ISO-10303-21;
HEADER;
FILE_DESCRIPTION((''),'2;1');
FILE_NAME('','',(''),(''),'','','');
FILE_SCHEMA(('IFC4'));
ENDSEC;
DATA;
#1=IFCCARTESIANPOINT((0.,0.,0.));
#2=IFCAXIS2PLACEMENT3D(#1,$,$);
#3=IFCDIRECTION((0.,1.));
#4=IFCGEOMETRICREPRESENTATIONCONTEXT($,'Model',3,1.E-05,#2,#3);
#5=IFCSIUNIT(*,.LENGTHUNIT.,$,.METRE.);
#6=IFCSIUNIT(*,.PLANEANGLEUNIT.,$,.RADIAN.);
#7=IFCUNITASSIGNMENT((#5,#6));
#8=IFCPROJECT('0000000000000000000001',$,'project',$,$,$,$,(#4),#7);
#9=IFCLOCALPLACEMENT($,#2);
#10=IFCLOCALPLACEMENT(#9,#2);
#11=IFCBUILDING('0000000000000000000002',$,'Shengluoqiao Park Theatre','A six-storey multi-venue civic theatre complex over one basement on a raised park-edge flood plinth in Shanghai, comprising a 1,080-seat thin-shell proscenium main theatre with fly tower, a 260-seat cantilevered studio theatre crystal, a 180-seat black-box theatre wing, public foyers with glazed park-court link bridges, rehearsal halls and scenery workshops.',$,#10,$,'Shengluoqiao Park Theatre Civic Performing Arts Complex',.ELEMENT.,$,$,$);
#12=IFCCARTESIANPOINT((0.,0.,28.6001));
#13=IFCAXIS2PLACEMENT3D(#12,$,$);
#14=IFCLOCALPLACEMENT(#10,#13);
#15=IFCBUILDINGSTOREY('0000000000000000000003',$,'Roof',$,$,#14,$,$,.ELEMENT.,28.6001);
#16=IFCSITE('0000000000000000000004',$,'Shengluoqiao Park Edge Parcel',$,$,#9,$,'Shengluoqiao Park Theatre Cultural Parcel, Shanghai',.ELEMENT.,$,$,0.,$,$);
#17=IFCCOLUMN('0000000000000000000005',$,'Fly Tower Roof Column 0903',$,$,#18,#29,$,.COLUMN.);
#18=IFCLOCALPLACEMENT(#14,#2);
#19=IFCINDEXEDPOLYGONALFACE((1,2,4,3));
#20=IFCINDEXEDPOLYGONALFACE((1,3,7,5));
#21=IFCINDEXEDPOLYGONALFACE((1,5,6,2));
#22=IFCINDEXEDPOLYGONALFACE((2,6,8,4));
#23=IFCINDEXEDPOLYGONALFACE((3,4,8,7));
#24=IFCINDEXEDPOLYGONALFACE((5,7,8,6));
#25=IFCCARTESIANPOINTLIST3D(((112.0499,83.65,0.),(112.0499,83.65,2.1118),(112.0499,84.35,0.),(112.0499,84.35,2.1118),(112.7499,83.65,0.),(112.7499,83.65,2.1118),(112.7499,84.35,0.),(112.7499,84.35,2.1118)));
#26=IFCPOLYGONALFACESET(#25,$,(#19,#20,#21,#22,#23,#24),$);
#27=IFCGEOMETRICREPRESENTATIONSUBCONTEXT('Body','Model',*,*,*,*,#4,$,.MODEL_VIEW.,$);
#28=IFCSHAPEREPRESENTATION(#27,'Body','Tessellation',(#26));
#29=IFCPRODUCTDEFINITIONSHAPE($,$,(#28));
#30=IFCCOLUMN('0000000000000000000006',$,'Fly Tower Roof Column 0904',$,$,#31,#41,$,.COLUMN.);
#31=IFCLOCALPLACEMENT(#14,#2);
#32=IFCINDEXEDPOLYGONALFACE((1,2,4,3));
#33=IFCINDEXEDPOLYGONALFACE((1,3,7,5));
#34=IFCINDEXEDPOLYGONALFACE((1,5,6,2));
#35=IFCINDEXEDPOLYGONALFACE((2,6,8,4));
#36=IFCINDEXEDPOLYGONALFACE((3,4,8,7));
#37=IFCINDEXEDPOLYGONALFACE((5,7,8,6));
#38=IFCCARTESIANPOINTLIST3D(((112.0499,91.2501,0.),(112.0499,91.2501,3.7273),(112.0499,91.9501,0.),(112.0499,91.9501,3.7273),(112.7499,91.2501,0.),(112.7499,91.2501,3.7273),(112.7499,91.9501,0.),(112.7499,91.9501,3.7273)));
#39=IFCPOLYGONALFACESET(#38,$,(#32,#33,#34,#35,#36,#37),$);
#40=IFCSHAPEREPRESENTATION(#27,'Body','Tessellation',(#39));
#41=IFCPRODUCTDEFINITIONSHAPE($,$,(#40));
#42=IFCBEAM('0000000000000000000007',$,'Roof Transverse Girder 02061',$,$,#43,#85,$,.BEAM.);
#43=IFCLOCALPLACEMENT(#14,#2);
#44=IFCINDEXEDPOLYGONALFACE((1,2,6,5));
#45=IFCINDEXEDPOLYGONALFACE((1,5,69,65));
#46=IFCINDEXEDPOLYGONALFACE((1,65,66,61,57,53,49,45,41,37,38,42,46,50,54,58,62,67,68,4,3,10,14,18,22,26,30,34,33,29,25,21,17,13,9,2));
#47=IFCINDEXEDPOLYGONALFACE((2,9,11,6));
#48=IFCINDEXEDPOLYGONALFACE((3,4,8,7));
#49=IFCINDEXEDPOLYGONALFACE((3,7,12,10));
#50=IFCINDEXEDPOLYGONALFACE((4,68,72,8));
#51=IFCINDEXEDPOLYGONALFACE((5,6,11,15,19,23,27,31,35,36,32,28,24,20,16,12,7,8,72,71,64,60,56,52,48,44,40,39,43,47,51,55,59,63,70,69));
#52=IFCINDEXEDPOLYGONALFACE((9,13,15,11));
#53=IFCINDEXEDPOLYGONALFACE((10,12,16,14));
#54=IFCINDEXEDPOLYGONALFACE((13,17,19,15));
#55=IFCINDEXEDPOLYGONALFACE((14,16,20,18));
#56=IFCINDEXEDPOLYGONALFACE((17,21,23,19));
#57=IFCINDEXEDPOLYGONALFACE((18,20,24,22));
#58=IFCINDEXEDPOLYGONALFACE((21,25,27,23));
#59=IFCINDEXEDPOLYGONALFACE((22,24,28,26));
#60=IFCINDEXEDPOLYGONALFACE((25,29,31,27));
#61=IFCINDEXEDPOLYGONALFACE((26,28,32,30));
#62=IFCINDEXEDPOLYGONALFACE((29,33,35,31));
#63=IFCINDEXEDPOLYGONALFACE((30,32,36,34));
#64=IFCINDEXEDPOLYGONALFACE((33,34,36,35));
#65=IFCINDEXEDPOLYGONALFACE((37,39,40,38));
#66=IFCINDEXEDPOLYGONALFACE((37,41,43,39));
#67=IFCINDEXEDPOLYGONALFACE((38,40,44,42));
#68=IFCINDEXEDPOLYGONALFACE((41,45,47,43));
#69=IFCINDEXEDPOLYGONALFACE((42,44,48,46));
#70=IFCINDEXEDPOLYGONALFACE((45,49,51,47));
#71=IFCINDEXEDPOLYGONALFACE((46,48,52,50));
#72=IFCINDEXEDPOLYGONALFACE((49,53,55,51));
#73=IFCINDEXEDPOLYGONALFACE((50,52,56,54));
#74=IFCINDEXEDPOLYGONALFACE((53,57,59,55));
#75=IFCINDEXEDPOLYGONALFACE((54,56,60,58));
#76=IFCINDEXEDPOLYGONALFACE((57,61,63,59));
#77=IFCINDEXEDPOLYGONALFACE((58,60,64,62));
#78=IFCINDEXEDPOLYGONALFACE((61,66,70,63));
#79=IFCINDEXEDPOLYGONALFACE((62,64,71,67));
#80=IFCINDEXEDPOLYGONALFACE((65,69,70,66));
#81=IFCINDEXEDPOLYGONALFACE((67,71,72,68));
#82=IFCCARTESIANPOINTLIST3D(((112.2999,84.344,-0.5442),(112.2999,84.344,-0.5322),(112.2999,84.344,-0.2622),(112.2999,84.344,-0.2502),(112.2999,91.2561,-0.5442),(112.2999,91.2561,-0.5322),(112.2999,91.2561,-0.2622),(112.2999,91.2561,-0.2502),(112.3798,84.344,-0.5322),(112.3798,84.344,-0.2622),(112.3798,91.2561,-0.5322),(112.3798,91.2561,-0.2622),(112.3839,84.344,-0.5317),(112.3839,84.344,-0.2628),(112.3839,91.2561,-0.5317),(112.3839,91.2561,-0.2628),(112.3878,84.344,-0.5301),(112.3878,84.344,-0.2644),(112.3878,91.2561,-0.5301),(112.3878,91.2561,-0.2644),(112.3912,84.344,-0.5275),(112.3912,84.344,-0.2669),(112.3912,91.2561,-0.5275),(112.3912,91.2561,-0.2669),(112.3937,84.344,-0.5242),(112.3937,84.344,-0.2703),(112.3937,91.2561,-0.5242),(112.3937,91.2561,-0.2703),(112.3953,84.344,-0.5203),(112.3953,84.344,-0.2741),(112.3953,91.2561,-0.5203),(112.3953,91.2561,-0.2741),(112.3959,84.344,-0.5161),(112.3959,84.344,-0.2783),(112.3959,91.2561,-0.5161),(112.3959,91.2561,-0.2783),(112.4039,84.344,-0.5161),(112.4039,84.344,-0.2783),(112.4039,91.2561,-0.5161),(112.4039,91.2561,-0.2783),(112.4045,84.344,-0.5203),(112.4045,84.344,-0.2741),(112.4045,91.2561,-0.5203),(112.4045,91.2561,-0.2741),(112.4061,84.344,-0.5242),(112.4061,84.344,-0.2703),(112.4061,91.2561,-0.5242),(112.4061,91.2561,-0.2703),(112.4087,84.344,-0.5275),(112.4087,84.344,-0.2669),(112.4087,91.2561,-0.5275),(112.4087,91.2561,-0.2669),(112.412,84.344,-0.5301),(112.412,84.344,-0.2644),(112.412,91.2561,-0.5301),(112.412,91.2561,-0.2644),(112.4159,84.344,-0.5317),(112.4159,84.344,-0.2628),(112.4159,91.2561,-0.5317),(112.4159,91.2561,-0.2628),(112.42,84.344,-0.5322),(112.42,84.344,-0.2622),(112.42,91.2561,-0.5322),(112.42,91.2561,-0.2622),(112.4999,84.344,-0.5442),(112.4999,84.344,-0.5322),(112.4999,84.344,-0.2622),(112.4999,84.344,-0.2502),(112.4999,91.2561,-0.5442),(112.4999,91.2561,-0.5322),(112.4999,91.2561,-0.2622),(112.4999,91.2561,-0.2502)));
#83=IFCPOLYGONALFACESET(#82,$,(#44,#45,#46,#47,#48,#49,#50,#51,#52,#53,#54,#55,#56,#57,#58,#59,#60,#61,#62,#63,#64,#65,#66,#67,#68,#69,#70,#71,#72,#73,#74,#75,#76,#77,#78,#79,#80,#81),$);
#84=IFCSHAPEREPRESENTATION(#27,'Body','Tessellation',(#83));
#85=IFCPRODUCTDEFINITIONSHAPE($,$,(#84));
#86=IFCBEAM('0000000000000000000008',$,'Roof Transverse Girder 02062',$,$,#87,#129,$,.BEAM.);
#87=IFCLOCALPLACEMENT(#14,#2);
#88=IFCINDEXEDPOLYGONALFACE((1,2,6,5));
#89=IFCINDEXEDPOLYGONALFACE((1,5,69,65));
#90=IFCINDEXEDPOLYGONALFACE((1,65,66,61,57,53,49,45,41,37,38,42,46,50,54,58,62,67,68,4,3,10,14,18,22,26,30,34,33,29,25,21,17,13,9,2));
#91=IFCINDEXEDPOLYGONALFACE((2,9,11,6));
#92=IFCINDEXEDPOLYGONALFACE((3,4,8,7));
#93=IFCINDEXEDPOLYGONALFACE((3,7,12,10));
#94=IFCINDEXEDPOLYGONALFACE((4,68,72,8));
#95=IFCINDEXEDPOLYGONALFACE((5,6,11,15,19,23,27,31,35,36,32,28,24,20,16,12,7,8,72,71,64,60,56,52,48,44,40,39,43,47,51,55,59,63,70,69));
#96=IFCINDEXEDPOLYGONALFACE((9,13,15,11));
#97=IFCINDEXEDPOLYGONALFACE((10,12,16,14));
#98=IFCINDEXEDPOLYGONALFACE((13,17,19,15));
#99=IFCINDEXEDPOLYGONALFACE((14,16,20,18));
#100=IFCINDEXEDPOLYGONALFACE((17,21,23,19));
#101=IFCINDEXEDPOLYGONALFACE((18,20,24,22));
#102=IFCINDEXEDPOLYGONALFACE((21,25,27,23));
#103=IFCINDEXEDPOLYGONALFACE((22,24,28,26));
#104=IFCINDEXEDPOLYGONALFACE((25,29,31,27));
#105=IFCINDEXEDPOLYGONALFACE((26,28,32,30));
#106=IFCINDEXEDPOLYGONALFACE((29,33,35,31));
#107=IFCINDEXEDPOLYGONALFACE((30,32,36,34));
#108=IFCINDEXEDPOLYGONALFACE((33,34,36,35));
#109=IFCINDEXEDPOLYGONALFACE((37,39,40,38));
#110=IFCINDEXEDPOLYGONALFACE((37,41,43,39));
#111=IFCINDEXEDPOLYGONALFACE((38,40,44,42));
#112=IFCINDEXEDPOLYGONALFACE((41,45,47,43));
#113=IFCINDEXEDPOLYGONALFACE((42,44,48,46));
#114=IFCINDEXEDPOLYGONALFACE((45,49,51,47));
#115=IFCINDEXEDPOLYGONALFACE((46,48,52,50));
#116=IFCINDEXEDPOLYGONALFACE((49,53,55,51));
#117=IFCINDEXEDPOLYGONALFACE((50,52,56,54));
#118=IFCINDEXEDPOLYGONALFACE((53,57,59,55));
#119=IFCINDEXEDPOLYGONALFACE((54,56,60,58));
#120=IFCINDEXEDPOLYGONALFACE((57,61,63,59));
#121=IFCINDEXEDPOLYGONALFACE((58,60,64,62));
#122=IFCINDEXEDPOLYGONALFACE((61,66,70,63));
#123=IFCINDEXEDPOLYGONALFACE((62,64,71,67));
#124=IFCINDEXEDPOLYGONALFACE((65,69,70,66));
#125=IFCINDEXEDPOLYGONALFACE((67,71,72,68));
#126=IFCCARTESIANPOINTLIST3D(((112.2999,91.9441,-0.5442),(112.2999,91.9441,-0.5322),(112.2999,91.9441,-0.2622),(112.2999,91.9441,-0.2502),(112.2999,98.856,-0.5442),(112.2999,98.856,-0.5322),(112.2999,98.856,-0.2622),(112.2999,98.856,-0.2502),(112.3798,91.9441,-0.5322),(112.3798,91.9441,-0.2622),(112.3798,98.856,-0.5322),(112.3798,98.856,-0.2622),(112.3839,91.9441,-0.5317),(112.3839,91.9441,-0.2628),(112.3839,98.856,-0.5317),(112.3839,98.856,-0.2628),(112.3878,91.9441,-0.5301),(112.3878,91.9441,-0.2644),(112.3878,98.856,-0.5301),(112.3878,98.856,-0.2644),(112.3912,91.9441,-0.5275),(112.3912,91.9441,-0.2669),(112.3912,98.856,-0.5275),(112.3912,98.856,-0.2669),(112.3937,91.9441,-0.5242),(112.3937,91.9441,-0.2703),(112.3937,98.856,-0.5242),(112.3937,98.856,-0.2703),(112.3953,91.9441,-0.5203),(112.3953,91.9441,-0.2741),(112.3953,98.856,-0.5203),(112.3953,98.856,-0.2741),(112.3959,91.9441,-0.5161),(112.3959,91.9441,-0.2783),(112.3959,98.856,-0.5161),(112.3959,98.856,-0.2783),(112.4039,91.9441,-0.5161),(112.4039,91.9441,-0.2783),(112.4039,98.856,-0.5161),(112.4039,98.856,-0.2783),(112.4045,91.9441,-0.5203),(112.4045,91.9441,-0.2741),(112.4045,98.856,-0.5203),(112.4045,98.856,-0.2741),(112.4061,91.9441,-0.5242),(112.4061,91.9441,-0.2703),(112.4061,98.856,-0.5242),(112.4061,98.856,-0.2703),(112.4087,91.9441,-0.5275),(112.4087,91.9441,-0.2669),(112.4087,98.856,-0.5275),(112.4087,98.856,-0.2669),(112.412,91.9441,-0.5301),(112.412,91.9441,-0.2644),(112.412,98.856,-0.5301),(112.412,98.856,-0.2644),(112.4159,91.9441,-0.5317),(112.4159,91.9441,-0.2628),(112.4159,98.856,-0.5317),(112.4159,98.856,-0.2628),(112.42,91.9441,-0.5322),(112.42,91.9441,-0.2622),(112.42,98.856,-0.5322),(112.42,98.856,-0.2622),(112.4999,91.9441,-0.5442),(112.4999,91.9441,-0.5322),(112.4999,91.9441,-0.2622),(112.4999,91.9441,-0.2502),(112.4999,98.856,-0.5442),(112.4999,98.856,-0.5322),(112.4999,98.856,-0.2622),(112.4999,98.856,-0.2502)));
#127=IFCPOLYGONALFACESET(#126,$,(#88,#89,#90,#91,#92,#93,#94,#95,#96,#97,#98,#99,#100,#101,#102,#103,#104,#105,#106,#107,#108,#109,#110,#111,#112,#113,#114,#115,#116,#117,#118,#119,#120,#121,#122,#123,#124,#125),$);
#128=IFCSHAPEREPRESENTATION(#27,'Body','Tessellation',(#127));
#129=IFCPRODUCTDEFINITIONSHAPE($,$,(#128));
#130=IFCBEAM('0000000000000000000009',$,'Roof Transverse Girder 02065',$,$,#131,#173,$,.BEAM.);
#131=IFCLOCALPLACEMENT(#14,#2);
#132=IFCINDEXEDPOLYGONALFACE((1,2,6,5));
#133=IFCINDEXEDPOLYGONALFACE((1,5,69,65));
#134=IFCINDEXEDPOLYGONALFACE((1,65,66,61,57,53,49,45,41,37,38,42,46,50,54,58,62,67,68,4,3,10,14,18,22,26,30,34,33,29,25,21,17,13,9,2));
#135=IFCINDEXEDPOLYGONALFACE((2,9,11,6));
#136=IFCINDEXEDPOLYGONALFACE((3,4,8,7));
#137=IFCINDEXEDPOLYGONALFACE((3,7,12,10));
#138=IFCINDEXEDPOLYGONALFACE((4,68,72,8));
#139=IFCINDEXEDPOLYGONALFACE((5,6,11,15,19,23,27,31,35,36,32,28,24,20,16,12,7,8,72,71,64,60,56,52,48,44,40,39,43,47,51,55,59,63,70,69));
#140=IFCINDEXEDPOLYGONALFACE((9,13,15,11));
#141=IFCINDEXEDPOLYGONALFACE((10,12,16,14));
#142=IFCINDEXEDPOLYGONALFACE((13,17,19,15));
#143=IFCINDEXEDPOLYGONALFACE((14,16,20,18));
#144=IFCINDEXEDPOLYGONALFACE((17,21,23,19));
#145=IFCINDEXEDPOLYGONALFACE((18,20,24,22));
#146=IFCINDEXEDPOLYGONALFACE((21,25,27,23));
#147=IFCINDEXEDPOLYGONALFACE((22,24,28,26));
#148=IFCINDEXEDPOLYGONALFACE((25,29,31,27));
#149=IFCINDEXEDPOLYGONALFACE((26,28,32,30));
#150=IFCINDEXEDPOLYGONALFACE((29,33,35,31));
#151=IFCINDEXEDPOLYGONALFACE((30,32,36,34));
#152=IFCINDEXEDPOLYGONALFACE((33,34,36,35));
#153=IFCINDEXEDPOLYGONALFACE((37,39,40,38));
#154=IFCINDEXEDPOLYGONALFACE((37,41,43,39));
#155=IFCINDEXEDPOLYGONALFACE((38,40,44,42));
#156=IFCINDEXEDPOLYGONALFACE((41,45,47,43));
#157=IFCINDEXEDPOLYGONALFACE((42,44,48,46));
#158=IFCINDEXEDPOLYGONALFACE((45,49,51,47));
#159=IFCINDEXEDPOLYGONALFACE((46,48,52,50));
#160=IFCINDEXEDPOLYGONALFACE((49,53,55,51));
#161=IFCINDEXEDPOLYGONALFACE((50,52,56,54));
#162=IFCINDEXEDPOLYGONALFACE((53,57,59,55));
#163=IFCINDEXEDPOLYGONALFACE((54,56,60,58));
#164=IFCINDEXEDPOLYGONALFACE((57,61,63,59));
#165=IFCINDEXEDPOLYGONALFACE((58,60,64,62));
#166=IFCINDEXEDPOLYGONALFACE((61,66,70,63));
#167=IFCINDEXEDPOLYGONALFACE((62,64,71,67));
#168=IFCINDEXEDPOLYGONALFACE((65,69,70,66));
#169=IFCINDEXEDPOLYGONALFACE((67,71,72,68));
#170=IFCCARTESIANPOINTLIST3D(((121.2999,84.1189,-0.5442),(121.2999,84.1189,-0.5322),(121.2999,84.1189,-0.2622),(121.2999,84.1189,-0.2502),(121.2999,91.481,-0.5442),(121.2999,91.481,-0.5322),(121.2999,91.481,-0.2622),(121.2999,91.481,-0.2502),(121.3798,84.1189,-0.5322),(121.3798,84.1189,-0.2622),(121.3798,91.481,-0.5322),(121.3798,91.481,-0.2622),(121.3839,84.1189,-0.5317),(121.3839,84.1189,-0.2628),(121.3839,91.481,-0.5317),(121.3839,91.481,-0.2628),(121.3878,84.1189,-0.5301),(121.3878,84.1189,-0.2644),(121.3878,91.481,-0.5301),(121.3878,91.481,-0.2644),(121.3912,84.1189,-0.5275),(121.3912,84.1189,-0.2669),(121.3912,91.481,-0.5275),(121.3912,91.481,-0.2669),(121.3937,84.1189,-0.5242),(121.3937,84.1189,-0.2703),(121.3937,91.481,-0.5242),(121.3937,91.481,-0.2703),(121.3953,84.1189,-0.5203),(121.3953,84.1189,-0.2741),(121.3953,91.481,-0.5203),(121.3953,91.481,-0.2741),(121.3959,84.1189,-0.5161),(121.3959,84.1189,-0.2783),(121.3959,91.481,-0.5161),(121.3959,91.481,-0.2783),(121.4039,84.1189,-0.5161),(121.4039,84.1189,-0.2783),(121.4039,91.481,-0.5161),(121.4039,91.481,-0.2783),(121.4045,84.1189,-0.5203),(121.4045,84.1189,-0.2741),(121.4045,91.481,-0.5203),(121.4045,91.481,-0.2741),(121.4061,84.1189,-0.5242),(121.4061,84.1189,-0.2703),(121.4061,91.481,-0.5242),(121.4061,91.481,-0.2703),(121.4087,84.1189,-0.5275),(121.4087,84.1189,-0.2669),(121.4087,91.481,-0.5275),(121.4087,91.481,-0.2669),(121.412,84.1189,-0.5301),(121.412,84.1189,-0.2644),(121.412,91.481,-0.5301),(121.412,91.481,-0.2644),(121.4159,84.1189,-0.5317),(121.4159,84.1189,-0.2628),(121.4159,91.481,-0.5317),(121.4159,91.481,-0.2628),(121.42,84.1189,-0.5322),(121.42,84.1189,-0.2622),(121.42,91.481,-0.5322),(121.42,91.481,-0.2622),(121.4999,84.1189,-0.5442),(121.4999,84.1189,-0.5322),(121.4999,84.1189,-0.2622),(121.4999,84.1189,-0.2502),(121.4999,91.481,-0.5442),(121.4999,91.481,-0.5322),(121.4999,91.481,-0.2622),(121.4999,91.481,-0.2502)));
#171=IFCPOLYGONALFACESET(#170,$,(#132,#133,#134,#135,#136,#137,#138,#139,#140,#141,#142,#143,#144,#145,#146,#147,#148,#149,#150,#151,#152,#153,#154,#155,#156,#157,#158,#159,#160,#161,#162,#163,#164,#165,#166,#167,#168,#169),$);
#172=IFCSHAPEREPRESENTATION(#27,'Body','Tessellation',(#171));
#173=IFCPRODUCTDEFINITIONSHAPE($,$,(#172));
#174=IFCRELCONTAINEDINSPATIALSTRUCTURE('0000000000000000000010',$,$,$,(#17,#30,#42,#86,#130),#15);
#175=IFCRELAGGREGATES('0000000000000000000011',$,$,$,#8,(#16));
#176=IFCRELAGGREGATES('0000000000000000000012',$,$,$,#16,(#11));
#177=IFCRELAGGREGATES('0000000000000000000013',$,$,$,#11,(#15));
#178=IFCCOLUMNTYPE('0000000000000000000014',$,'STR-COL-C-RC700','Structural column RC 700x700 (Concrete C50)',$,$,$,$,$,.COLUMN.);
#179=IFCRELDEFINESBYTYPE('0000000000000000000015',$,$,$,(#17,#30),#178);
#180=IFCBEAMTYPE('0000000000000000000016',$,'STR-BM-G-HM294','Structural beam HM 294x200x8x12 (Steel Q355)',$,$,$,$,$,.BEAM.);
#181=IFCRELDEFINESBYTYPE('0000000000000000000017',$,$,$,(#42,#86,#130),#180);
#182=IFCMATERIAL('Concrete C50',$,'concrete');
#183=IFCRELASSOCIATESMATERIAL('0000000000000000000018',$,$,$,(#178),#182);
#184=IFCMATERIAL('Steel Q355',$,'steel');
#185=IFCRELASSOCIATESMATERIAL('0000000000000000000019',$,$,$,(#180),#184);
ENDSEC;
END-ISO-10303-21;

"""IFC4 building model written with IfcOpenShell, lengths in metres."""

from ifc_helpers import new_model, si_unit, direction, frame, origin, origin_2d, place, context, subcontext, project, spatial, rectangle, i_section, extrude, material, material_profile, profile_set, type_object, element, save


model = new_model("IFC4")

# Units and contexts
model_context = context("Model", 3, precision=1e-05, world=origin(), true_north=direction((0.0, 1.0)))
body_context = subcontext(model_context, "Body", "Model", "MODEL_VIEW")
ifc_project = project(units=[si_unit("LENGTHUNIT", "METRE"), si_unit("PLANEANGLEUNIT", "RADIAN")], contexts=[model_context])

# Site, building, storey
site_placement = place(None, origin())
site = spatial("IfcSite", under=ifc_project, at=site_placement, Name="Shengluoqiao Park Edge Parcel", LongName="Shengluoqiao Park Theatre Cultural Parcel, Shanghai", CompositionType="ELEMENT", RefElevation=0.0)
building_placement = place(site_placement, origin())
building = spatial("IfcBuilding", under=site, at=building_placement, Name="Shengluoqiao Park Theatre", Description="A six-storey multi-venue civic theatre complex over one basement on a raised park-edge flood plinth in Shanghai, comprising a 1,080-seat thin-shell proscenium main theatre with fly tower, a 260-seat cantilevered studio theatre crystal, a 180-seat black-box theatre wing, public foyers with glazed park-court link bridges, rehearsal halls and scenery workshops.", LongName="Shengluoqiao Park Theatre Civic Performing Arts Complex", CompositionType="ELEMENT")
storey_placement = place(building_placement, frame((0.0, 0.0, 28.6001)))
storey = spatial("IfcBuildingStorey", under=building, at=storey_placement, Name="Roof", CompositionType="ELEMENT", Elevation=28.6001)

# Columns
ifc_material_1 = material(Name="Concrete C50", Category="concrete")
ifc_material_profile_1 = material_profile(ifc_material_1, rectangle(XDim=0.7, YDim=0.7, at=origin_2d()), Name="RC 700x700")
ifc_profile_set_1 = profile_set([ifc_material_profile_1], Name="Concrete C50")
column_type = type_object("IfcColumnType", Name="STR-COL-C-RC700", Description="Structural column RC 700x700 (Concrete C50)", PredefinedType="COLUMN", material=ifc_profile_set_1)
column_1_placement = place(storey_placement, frame((112.3999, 84.0, 0.0), z_axis=(0.0, 0.0, 1.0), x_axis=(1.0, 0.0, 0.0)))
element("IfcColumn", 1, at=column_1_placement, inside=storey, type_object=column_type, Name="Fly Tower Roof Column 0903", PredefinedType="COLUMN", context=body_context, shape_type="SweptSolid", body=[
    extrude(rectangle(XDim=0.7, YDim=0.7, at=origin_2d()), origin(), (0.0, 0.0, 1.0), 2.1118),
])
column_2_placement = place(storey_placement, frame((112.3999, 91.6001, 0.0), z_axis=(0.0, 0.0, 1.0), x_axis=(1.0, 0.0, 0.0)))
element("IfcColumn", 2, at=column_2_placement, inside=storey, type_object=column_type, Name="Fly Tower Roof Column 0904", PredefinedType="COLUMN", context=body_context, shape_type="SweptSolid", body=[
    extrude(rectangle(XDim=0.7, YDim=0.7, at=origin_2d()), origin(), (0.0, 0.0, 1.0), 3.7273),
])

# Beams
ifc_material_2 = material(Name="Steel Q355", Category="steel")
ifc_material_profile_2 = material_profile(ifc_material_2, i_section(OverallWidth=0.2, OverallDepth=0.2939, WebThickness=0.0081, FlangeThickness=0.012, FilletRadius=0.0161, at=origin_2d()), Name="HM 294x200x8x12")
ifc_profile_set_2 = profile_set([ifc_material_profile_2], Name="Steel Q355")
beam_type_1 = type_object("IfcBeamType", Name="STR-BM-G-HM294", Description="Structural beam HM 294x200x8x12 (Steel Q355)", PredefinedType="BEAM", material=ifc_profile_set_2)
beam_1_placement = place(storey_placement, frame((112.3999, 84.344, -0.3972), z_axis=(0.0, 1.0, 0.0), x_axis=(-1.0, 0.0, 0.0)))
element("IfcBeam", 3, at=beam_1_placement, inside=storey, type_object=beam_type_1, Name="Roof Transverse Girder 02061", PredefinedType="BEAM", context=body_context, shape_type="SweptSolid", body=[
    extrude(i_section(OverallWidth=0.2, OverallDepth=0.2939, WebThickness=0.0081, FlangeThickness=0.012, FilletRadius=0.0161, at=origin_2d()), origin(), (0.0, 0.0, 1.0), 6.9121),
])
beam_2_placement = place(storey_placement, frame((112.3999, 91.9441, -0.3972), z_axis=(0.0, 1.0, 0.0), x_axis=(-1.0, 0.0, 0.0)))
element("IfcBeam", 4, at=beam_2_placement, inside=storey, type_object=beam_type_1, Name="Roof Transverse Girder 02062", PredefinedType="BEAM", context=body_context, shape_type="SweptSolid", body=[
    extrude(i_section(OverallWidth=0.2, OverallDepth=0.2939, WebThickness=0.0081, FlangeThickness=0.012, FilletRadius=0.0161, at=origin_2d()), origin(), (0.0, 0.0, 1.0), 6.9119),
])
beam_3_placement = place(storey_placement, frame((121.3999, 84.1189, -0.3972), z_axis=(0.0, 1.0, 0.0), x_axis=(-1.0, 0.0, 0.0)))
element("IfcBeam", 5, at=beam_3_placement, inside=storey, type_object=beam_type_1, Name="Roof Transverse Girder 02065", PredefinedType="BEAM", context=body_context, shape_type="SweptSolid", body=[
    extrude(i_section(OverallWidth=0.2, OverallDepth=0.2939, WebThickness=0.0081, FlangeThickness=0.012, FilletRadius=0.0161, at=origin_2d()), origin(), (0.0, 0.0, 1.0), 7.3621),
])

save(model, "model.ifc")
